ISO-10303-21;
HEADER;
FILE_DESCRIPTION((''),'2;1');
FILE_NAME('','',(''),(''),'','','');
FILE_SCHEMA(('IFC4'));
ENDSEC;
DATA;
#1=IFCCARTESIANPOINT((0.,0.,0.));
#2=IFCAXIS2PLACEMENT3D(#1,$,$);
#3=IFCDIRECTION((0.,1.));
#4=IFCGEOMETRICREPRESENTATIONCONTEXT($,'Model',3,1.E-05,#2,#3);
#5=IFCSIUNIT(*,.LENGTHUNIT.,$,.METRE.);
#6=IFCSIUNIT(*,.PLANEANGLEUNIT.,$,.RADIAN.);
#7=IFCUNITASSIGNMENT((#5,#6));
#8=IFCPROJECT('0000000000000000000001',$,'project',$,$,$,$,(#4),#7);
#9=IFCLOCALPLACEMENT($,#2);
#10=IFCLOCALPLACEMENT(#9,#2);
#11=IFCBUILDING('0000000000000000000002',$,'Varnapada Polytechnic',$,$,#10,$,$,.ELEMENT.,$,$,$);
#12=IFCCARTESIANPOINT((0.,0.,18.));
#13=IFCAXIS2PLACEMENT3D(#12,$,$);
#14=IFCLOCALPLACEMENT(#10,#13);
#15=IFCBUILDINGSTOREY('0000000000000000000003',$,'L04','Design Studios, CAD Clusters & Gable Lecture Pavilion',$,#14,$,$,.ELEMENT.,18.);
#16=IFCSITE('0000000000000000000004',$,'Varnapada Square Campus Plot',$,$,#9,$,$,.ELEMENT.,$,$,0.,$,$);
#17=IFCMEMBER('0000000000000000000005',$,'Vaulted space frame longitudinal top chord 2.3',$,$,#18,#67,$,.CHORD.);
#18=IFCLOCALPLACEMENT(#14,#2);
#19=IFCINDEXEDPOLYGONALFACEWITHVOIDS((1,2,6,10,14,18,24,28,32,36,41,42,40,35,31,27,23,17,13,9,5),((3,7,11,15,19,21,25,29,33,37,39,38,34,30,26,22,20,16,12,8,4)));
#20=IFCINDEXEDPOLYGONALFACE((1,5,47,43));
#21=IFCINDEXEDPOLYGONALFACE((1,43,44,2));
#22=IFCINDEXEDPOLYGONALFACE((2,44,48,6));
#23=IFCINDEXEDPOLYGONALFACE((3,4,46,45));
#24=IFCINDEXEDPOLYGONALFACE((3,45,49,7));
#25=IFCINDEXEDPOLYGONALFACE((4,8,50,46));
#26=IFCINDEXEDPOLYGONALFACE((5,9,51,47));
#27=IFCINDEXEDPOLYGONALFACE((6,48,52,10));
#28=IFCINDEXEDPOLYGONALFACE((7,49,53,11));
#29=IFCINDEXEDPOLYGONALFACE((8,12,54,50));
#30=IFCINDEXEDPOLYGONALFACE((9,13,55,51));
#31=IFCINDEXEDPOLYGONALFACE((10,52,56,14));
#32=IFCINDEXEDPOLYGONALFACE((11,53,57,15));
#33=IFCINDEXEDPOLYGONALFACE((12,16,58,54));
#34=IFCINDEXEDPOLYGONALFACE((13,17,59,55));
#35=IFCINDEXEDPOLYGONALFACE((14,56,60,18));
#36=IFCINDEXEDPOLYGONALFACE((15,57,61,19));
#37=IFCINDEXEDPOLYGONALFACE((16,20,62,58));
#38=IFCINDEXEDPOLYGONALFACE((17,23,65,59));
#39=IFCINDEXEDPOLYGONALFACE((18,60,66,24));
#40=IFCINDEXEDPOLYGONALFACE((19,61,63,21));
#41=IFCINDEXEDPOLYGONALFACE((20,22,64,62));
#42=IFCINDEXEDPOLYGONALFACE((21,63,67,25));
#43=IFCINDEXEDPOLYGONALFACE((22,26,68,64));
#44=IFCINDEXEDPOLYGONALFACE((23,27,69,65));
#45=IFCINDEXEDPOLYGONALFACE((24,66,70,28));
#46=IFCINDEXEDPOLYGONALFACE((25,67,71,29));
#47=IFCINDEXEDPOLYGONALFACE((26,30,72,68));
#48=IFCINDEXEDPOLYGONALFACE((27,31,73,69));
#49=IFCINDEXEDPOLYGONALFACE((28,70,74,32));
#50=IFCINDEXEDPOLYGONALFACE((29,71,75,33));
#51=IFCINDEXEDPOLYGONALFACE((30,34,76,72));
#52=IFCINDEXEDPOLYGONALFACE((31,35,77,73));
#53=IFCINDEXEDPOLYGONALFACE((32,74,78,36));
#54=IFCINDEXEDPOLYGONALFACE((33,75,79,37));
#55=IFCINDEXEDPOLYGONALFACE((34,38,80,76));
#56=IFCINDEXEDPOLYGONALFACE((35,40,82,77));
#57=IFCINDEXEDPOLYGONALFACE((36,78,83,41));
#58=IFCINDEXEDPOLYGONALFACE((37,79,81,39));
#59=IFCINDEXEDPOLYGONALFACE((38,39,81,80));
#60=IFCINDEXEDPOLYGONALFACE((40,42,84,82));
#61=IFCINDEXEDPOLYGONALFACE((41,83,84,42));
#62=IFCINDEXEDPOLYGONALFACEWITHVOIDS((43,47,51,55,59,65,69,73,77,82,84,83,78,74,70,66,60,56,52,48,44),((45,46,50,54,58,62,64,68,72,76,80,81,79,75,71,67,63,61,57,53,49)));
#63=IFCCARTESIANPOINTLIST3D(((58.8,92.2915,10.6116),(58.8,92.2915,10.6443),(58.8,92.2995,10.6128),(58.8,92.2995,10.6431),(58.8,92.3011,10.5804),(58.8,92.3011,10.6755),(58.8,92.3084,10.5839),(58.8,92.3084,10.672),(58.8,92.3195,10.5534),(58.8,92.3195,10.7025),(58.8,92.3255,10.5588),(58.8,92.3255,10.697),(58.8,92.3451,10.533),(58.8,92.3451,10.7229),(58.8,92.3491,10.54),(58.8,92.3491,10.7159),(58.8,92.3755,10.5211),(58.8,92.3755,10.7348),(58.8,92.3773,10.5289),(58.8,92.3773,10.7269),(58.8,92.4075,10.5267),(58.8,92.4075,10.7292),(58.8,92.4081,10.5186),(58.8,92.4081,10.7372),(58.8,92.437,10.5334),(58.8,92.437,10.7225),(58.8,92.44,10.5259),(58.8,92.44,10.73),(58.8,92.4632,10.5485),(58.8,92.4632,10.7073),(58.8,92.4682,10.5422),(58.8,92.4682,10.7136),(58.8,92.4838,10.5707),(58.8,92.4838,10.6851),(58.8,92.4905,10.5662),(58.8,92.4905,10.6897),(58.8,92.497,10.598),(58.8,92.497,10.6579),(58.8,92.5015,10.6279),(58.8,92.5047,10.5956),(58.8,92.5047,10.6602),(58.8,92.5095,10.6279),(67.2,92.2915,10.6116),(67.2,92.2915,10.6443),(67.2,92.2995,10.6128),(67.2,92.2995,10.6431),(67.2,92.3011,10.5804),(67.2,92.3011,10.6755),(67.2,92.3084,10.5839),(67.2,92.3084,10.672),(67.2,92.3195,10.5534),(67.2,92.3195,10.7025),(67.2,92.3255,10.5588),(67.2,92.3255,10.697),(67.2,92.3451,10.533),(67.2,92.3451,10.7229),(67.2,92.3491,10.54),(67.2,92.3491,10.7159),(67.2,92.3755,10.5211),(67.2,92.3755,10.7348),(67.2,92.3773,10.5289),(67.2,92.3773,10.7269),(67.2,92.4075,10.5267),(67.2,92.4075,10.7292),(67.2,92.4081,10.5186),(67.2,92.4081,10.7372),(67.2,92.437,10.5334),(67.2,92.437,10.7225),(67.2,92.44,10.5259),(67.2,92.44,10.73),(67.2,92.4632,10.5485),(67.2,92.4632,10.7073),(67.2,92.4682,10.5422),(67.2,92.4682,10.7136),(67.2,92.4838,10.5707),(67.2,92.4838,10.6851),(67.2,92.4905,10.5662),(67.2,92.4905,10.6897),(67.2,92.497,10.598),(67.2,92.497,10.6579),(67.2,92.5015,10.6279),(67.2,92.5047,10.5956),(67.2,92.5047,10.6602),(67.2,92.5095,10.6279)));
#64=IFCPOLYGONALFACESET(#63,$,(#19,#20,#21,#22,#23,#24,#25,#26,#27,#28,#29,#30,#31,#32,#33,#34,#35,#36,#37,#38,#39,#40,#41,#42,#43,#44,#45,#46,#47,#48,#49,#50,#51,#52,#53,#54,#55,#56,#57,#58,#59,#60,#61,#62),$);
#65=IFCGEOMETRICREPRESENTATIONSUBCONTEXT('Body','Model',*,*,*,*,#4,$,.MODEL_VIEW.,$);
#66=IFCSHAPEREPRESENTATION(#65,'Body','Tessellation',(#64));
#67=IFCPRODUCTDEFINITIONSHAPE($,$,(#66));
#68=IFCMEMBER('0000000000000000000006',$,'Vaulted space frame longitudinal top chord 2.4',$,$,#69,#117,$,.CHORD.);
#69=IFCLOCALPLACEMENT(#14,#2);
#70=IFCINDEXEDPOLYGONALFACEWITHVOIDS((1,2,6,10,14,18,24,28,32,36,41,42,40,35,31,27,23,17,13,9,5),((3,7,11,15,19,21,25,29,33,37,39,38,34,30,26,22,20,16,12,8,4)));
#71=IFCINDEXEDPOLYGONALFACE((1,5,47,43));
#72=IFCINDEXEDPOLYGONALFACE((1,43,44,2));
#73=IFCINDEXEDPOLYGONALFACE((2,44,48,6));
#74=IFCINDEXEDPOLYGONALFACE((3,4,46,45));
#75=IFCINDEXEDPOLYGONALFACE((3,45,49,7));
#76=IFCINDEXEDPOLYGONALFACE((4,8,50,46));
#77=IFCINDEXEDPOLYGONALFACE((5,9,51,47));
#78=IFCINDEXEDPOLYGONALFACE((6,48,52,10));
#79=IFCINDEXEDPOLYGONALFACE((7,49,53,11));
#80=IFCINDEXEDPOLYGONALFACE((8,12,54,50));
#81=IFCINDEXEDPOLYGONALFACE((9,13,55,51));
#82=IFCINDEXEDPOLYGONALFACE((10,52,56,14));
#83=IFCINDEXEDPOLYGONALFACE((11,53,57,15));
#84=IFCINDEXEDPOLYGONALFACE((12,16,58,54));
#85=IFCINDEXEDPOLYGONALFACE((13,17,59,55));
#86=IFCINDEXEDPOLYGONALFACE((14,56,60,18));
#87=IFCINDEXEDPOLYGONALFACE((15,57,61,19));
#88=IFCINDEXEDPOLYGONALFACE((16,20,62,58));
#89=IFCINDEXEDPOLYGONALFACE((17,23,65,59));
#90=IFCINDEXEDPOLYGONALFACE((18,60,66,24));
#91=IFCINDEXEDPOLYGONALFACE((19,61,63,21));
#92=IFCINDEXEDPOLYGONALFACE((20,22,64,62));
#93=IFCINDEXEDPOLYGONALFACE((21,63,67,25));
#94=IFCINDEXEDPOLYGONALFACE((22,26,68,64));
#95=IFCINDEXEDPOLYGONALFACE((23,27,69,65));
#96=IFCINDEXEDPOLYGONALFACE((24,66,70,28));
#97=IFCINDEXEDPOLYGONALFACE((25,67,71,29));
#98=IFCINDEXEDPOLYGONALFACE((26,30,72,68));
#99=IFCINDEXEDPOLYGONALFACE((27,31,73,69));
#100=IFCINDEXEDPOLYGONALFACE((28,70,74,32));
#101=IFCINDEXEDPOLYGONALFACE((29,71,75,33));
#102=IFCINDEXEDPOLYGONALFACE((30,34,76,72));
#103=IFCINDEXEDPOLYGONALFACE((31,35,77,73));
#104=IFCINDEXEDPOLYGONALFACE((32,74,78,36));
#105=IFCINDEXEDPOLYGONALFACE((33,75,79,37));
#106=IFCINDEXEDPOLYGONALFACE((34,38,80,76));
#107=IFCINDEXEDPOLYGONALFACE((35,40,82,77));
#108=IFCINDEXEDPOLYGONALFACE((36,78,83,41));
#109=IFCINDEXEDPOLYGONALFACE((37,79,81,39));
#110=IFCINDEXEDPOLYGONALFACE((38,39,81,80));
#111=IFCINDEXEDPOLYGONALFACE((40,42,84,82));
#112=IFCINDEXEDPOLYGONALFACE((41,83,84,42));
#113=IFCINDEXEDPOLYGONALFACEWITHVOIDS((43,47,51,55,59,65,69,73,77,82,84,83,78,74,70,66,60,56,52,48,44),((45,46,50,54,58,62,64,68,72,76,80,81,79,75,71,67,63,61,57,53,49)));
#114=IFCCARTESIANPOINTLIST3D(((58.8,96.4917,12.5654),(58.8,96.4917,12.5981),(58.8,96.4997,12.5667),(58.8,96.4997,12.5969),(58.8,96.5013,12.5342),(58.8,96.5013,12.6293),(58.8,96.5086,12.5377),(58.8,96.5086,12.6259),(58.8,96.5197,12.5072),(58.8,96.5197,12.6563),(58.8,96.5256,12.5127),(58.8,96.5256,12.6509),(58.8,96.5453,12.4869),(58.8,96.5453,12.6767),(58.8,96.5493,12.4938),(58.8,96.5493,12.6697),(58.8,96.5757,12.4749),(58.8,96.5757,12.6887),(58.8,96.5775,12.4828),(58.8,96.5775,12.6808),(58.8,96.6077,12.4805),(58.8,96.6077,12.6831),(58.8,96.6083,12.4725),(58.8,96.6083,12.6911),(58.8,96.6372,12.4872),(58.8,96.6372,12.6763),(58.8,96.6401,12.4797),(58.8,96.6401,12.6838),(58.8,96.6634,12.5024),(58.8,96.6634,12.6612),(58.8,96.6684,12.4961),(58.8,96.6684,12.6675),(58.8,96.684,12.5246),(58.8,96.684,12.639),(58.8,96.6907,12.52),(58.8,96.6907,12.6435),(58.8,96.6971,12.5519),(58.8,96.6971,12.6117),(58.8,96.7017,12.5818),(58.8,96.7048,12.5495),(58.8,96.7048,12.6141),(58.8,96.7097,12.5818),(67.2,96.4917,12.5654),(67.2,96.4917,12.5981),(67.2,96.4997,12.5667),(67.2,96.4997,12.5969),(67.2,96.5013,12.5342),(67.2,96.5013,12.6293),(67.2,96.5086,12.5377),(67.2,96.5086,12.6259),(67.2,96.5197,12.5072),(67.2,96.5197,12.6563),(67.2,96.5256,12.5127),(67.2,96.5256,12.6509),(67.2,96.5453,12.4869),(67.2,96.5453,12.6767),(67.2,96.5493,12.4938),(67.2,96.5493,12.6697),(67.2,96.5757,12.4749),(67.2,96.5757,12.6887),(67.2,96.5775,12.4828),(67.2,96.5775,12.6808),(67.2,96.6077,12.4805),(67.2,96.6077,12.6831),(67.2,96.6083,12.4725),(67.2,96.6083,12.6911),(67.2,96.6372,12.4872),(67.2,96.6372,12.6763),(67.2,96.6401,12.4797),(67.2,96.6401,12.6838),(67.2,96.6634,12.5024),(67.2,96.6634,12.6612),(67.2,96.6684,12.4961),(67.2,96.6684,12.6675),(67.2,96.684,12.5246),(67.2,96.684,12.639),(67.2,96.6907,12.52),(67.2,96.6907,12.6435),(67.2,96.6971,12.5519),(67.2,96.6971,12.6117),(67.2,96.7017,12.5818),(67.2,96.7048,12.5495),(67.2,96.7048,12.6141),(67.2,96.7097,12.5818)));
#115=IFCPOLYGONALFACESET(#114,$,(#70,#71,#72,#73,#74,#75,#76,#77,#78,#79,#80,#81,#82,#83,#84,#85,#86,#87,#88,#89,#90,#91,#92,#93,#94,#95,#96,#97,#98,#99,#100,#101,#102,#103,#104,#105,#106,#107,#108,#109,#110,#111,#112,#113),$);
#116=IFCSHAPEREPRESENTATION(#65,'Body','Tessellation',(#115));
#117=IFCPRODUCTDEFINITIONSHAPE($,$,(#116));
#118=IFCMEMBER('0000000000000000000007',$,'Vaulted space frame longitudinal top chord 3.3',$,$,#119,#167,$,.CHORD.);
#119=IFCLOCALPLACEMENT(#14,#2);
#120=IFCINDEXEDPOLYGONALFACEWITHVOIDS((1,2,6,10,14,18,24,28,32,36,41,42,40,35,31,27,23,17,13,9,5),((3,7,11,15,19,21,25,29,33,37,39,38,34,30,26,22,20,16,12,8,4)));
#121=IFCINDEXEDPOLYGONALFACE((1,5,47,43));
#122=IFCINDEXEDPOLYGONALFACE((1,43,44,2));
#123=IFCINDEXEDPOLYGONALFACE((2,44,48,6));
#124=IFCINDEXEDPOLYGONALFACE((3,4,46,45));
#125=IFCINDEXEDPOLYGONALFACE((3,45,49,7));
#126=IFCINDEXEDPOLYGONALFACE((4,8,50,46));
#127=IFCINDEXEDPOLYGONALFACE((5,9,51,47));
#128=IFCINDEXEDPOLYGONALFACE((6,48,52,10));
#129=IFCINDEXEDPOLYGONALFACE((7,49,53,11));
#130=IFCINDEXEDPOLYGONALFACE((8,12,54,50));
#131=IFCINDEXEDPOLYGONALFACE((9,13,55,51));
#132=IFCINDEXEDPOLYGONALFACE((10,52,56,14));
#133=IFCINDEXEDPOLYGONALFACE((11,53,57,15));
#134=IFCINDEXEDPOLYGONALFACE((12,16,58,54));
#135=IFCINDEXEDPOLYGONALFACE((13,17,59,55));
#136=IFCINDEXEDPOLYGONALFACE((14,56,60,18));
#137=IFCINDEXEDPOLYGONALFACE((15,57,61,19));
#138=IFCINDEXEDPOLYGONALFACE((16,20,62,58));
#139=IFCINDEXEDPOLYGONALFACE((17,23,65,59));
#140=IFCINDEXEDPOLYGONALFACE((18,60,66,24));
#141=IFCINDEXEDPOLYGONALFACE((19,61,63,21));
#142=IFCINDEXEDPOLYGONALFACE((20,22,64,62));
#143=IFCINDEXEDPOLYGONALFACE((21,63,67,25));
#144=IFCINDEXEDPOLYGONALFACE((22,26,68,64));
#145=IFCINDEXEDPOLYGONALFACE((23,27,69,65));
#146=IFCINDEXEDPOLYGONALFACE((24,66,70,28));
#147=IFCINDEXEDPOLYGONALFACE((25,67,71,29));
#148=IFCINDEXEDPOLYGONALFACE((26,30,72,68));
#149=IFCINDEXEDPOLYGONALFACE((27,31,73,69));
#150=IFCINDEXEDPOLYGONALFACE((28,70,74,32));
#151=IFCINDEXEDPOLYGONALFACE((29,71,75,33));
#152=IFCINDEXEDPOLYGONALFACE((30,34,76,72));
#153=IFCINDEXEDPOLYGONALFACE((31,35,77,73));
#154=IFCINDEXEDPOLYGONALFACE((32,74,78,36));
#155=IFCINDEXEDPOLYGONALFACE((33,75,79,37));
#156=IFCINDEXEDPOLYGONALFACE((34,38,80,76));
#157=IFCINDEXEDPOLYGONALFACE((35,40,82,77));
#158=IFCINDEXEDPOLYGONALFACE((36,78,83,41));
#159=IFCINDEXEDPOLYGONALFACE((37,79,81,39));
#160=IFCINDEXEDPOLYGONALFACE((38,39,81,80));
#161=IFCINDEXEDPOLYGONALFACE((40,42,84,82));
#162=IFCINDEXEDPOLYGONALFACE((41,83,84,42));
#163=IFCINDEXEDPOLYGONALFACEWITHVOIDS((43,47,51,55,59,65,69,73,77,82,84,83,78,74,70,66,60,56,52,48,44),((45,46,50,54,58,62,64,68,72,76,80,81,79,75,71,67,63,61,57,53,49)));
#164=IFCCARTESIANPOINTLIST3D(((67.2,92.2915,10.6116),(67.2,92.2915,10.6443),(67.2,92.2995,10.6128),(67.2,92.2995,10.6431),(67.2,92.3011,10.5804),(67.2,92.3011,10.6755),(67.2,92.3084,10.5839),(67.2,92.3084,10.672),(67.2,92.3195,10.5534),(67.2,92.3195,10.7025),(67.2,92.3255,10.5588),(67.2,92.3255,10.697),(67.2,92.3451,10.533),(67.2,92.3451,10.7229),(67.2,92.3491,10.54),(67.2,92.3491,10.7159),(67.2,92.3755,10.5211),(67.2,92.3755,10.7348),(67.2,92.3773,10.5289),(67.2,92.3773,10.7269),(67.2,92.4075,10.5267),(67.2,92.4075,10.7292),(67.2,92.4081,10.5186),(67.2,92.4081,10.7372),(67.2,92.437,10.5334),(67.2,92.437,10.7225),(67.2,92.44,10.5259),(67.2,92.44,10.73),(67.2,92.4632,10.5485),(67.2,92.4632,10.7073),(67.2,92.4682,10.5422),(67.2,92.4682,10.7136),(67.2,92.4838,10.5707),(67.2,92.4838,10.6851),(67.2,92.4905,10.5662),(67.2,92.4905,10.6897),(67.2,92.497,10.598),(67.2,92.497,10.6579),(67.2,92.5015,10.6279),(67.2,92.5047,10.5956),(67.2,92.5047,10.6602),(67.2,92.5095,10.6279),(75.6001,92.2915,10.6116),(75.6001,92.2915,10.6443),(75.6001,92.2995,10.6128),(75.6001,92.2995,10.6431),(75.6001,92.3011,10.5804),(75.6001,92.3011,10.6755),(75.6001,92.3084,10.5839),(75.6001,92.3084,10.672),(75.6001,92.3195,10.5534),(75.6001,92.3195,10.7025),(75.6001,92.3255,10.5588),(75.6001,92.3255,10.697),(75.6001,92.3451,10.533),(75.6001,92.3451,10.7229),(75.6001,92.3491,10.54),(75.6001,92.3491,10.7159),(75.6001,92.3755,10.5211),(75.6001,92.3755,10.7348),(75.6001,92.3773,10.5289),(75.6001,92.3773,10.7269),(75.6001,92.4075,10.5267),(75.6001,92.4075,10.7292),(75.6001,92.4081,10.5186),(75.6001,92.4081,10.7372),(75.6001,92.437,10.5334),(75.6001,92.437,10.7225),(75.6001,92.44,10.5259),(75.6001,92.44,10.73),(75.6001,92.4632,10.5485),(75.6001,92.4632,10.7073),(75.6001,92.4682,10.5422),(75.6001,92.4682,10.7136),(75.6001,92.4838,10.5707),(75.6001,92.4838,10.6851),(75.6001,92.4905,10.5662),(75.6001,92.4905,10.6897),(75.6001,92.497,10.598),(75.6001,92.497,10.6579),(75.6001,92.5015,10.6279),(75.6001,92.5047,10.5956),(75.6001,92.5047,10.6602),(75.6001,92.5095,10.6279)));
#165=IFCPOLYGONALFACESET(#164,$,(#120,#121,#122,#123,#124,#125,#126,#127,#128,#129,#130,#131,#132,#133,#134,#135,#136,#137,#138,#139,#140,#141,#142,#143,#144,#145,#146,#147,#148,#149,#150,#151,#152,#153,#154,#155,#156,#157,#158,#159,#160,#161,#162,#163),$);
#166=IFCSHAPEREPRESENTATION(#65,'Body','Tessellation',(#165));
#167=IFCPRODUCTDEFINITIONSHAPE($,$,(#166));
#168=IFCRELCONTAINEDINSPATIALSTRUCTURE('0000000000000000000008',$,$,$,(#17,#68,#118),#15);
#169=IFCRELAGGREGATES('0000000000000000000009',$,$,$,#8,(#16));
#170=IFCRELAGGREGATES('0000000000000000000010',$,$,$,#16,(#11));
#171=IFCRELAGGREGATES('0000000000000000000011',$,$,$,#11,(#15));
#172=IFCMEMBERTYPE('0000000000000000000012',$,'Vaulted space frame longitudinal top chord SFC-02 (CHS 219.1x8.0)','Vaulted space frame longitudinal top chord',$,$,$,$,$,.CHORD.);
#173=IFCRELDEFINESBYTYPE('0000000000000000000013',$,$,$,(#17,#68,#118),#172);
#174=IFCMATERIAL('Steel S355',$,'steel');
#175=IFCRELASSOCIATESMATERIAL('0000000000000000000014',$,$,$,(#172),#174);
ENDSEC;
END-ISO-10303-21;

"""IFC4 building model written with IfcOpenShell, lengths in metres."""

from ifc_helpers import new_model, si_unit, direction, frame, origin, origin_2d, place, context, subcontext, project, spatial, hollow_circle, extrude, material, material_profile, profile_set, type_object, element, save


model = new_model("IFC4")

# Units and contexts
model_context = context("Model", 3, precision=1e-05, world=origin(), true_north=direction((0.0, 1.0)))
body_context = subcontext(model_context, "Body", "Model", "MODEL_VIEW")
ifc_project = project(units=[si_unit("LENGTHUNIT", "METRE"), si_unit("PLANEANGLEUNIT", "RADIAN")], contexts=[model_context])

# Site, building, storey
site_placement = place(None, origin())
site = spatial("IfcSite", under=ifc_project, at=site_placement, Name="Varnapada Square Campus Plot", CompositionType="ELEMENT", RefElevation=0.0)
building_placement = place(site_placement, origin())
building = spatial("IfcBuilding", under=site, at=building_placement, Name="Varnapada Polytechnic", CompositionType="ELEMENT")
storey_placement = place(building_placement, frame((0.0, 0.0, 18.0)))
storey = spatial("IfcBuildingStorey", under=building, at=storey_placement, Name="L04", Description="Design Studios, CAD Clusters & Gable Lecture Pavilion", CompositionType="ELEMENT", Elevation=18.0)

# Members
ifc_material = material(Name="Steel S355", Category="steel")
ifc_material_profile_1 = material_profile(ifc_material, hollow_circle(Radius=0.1096, WallThickness=0.0081, at=origin_2d()), Name="CHS 219.1x8.0")
ifc_profile_set_1 = profile_set([ifc_material_profile_1], Name="Steel S355")
member_type_1 = type_object("IfcMemberType", Name="Vaulted space frame longitudinal top chord SFC-02 (CHS 219.1x8.0)", Description="Vaulted space frame longitudinal top chord", PredefinedType="CHORD", material=ifc_profile_set_1)
for number, where, z_axis, x_axis, name in (
    (1, (58.8, 92.3999, 10.6279), (1.0, 0.0, 0.0), (0.0, 1.0, 0.0), "Vaulted space frame longitudinal top chord 2.3"),
    (2, (58.8, 96.6001, 12.5818), (1.0, 0.0, 0.0), (0.0, 1.0, 0.0), "Vaulted space frame longitudinal top chord 2.4"),
):
    element("IfcMember", number, at=place(storey_placement, frame(where, z_axis=z_axis, x_axis=x_axis)), inside=storey, type_object=member_type_1, Name=name, PredefinedType="CHORD", context=body_context, shape_type="SweptSolid", body=[
        extrude(hollow_circle(Radius=0.1096, WallThickness=0.0081, at=origin_2d()), origin(), (0.0, 0.0, 1.0), 8.3999),
    ])
member_1_placement = place(storey_placement, frame((67.2, 92.3999, 10.6279), z_axis=(1.0, 0.0, 0.0), x_axis=(0.0, 1.0, 0.0)))
element("IfcMember", 3, at=member_1_placement, inside=storey, type_object=member_type_1, Name="Vaulted space frame longitudinal top chord 3.3", PredefinedType="CHORD", context=body_context, shape_type="SweptSolid", body=[
    extrude(hollow_circle(Radius=0.1096, WallThickness=0.0081, at=origin_2d()), origin(), (0.0, 0.0, 1.0), 8.4001),
])

save(model, "model.ifc")
